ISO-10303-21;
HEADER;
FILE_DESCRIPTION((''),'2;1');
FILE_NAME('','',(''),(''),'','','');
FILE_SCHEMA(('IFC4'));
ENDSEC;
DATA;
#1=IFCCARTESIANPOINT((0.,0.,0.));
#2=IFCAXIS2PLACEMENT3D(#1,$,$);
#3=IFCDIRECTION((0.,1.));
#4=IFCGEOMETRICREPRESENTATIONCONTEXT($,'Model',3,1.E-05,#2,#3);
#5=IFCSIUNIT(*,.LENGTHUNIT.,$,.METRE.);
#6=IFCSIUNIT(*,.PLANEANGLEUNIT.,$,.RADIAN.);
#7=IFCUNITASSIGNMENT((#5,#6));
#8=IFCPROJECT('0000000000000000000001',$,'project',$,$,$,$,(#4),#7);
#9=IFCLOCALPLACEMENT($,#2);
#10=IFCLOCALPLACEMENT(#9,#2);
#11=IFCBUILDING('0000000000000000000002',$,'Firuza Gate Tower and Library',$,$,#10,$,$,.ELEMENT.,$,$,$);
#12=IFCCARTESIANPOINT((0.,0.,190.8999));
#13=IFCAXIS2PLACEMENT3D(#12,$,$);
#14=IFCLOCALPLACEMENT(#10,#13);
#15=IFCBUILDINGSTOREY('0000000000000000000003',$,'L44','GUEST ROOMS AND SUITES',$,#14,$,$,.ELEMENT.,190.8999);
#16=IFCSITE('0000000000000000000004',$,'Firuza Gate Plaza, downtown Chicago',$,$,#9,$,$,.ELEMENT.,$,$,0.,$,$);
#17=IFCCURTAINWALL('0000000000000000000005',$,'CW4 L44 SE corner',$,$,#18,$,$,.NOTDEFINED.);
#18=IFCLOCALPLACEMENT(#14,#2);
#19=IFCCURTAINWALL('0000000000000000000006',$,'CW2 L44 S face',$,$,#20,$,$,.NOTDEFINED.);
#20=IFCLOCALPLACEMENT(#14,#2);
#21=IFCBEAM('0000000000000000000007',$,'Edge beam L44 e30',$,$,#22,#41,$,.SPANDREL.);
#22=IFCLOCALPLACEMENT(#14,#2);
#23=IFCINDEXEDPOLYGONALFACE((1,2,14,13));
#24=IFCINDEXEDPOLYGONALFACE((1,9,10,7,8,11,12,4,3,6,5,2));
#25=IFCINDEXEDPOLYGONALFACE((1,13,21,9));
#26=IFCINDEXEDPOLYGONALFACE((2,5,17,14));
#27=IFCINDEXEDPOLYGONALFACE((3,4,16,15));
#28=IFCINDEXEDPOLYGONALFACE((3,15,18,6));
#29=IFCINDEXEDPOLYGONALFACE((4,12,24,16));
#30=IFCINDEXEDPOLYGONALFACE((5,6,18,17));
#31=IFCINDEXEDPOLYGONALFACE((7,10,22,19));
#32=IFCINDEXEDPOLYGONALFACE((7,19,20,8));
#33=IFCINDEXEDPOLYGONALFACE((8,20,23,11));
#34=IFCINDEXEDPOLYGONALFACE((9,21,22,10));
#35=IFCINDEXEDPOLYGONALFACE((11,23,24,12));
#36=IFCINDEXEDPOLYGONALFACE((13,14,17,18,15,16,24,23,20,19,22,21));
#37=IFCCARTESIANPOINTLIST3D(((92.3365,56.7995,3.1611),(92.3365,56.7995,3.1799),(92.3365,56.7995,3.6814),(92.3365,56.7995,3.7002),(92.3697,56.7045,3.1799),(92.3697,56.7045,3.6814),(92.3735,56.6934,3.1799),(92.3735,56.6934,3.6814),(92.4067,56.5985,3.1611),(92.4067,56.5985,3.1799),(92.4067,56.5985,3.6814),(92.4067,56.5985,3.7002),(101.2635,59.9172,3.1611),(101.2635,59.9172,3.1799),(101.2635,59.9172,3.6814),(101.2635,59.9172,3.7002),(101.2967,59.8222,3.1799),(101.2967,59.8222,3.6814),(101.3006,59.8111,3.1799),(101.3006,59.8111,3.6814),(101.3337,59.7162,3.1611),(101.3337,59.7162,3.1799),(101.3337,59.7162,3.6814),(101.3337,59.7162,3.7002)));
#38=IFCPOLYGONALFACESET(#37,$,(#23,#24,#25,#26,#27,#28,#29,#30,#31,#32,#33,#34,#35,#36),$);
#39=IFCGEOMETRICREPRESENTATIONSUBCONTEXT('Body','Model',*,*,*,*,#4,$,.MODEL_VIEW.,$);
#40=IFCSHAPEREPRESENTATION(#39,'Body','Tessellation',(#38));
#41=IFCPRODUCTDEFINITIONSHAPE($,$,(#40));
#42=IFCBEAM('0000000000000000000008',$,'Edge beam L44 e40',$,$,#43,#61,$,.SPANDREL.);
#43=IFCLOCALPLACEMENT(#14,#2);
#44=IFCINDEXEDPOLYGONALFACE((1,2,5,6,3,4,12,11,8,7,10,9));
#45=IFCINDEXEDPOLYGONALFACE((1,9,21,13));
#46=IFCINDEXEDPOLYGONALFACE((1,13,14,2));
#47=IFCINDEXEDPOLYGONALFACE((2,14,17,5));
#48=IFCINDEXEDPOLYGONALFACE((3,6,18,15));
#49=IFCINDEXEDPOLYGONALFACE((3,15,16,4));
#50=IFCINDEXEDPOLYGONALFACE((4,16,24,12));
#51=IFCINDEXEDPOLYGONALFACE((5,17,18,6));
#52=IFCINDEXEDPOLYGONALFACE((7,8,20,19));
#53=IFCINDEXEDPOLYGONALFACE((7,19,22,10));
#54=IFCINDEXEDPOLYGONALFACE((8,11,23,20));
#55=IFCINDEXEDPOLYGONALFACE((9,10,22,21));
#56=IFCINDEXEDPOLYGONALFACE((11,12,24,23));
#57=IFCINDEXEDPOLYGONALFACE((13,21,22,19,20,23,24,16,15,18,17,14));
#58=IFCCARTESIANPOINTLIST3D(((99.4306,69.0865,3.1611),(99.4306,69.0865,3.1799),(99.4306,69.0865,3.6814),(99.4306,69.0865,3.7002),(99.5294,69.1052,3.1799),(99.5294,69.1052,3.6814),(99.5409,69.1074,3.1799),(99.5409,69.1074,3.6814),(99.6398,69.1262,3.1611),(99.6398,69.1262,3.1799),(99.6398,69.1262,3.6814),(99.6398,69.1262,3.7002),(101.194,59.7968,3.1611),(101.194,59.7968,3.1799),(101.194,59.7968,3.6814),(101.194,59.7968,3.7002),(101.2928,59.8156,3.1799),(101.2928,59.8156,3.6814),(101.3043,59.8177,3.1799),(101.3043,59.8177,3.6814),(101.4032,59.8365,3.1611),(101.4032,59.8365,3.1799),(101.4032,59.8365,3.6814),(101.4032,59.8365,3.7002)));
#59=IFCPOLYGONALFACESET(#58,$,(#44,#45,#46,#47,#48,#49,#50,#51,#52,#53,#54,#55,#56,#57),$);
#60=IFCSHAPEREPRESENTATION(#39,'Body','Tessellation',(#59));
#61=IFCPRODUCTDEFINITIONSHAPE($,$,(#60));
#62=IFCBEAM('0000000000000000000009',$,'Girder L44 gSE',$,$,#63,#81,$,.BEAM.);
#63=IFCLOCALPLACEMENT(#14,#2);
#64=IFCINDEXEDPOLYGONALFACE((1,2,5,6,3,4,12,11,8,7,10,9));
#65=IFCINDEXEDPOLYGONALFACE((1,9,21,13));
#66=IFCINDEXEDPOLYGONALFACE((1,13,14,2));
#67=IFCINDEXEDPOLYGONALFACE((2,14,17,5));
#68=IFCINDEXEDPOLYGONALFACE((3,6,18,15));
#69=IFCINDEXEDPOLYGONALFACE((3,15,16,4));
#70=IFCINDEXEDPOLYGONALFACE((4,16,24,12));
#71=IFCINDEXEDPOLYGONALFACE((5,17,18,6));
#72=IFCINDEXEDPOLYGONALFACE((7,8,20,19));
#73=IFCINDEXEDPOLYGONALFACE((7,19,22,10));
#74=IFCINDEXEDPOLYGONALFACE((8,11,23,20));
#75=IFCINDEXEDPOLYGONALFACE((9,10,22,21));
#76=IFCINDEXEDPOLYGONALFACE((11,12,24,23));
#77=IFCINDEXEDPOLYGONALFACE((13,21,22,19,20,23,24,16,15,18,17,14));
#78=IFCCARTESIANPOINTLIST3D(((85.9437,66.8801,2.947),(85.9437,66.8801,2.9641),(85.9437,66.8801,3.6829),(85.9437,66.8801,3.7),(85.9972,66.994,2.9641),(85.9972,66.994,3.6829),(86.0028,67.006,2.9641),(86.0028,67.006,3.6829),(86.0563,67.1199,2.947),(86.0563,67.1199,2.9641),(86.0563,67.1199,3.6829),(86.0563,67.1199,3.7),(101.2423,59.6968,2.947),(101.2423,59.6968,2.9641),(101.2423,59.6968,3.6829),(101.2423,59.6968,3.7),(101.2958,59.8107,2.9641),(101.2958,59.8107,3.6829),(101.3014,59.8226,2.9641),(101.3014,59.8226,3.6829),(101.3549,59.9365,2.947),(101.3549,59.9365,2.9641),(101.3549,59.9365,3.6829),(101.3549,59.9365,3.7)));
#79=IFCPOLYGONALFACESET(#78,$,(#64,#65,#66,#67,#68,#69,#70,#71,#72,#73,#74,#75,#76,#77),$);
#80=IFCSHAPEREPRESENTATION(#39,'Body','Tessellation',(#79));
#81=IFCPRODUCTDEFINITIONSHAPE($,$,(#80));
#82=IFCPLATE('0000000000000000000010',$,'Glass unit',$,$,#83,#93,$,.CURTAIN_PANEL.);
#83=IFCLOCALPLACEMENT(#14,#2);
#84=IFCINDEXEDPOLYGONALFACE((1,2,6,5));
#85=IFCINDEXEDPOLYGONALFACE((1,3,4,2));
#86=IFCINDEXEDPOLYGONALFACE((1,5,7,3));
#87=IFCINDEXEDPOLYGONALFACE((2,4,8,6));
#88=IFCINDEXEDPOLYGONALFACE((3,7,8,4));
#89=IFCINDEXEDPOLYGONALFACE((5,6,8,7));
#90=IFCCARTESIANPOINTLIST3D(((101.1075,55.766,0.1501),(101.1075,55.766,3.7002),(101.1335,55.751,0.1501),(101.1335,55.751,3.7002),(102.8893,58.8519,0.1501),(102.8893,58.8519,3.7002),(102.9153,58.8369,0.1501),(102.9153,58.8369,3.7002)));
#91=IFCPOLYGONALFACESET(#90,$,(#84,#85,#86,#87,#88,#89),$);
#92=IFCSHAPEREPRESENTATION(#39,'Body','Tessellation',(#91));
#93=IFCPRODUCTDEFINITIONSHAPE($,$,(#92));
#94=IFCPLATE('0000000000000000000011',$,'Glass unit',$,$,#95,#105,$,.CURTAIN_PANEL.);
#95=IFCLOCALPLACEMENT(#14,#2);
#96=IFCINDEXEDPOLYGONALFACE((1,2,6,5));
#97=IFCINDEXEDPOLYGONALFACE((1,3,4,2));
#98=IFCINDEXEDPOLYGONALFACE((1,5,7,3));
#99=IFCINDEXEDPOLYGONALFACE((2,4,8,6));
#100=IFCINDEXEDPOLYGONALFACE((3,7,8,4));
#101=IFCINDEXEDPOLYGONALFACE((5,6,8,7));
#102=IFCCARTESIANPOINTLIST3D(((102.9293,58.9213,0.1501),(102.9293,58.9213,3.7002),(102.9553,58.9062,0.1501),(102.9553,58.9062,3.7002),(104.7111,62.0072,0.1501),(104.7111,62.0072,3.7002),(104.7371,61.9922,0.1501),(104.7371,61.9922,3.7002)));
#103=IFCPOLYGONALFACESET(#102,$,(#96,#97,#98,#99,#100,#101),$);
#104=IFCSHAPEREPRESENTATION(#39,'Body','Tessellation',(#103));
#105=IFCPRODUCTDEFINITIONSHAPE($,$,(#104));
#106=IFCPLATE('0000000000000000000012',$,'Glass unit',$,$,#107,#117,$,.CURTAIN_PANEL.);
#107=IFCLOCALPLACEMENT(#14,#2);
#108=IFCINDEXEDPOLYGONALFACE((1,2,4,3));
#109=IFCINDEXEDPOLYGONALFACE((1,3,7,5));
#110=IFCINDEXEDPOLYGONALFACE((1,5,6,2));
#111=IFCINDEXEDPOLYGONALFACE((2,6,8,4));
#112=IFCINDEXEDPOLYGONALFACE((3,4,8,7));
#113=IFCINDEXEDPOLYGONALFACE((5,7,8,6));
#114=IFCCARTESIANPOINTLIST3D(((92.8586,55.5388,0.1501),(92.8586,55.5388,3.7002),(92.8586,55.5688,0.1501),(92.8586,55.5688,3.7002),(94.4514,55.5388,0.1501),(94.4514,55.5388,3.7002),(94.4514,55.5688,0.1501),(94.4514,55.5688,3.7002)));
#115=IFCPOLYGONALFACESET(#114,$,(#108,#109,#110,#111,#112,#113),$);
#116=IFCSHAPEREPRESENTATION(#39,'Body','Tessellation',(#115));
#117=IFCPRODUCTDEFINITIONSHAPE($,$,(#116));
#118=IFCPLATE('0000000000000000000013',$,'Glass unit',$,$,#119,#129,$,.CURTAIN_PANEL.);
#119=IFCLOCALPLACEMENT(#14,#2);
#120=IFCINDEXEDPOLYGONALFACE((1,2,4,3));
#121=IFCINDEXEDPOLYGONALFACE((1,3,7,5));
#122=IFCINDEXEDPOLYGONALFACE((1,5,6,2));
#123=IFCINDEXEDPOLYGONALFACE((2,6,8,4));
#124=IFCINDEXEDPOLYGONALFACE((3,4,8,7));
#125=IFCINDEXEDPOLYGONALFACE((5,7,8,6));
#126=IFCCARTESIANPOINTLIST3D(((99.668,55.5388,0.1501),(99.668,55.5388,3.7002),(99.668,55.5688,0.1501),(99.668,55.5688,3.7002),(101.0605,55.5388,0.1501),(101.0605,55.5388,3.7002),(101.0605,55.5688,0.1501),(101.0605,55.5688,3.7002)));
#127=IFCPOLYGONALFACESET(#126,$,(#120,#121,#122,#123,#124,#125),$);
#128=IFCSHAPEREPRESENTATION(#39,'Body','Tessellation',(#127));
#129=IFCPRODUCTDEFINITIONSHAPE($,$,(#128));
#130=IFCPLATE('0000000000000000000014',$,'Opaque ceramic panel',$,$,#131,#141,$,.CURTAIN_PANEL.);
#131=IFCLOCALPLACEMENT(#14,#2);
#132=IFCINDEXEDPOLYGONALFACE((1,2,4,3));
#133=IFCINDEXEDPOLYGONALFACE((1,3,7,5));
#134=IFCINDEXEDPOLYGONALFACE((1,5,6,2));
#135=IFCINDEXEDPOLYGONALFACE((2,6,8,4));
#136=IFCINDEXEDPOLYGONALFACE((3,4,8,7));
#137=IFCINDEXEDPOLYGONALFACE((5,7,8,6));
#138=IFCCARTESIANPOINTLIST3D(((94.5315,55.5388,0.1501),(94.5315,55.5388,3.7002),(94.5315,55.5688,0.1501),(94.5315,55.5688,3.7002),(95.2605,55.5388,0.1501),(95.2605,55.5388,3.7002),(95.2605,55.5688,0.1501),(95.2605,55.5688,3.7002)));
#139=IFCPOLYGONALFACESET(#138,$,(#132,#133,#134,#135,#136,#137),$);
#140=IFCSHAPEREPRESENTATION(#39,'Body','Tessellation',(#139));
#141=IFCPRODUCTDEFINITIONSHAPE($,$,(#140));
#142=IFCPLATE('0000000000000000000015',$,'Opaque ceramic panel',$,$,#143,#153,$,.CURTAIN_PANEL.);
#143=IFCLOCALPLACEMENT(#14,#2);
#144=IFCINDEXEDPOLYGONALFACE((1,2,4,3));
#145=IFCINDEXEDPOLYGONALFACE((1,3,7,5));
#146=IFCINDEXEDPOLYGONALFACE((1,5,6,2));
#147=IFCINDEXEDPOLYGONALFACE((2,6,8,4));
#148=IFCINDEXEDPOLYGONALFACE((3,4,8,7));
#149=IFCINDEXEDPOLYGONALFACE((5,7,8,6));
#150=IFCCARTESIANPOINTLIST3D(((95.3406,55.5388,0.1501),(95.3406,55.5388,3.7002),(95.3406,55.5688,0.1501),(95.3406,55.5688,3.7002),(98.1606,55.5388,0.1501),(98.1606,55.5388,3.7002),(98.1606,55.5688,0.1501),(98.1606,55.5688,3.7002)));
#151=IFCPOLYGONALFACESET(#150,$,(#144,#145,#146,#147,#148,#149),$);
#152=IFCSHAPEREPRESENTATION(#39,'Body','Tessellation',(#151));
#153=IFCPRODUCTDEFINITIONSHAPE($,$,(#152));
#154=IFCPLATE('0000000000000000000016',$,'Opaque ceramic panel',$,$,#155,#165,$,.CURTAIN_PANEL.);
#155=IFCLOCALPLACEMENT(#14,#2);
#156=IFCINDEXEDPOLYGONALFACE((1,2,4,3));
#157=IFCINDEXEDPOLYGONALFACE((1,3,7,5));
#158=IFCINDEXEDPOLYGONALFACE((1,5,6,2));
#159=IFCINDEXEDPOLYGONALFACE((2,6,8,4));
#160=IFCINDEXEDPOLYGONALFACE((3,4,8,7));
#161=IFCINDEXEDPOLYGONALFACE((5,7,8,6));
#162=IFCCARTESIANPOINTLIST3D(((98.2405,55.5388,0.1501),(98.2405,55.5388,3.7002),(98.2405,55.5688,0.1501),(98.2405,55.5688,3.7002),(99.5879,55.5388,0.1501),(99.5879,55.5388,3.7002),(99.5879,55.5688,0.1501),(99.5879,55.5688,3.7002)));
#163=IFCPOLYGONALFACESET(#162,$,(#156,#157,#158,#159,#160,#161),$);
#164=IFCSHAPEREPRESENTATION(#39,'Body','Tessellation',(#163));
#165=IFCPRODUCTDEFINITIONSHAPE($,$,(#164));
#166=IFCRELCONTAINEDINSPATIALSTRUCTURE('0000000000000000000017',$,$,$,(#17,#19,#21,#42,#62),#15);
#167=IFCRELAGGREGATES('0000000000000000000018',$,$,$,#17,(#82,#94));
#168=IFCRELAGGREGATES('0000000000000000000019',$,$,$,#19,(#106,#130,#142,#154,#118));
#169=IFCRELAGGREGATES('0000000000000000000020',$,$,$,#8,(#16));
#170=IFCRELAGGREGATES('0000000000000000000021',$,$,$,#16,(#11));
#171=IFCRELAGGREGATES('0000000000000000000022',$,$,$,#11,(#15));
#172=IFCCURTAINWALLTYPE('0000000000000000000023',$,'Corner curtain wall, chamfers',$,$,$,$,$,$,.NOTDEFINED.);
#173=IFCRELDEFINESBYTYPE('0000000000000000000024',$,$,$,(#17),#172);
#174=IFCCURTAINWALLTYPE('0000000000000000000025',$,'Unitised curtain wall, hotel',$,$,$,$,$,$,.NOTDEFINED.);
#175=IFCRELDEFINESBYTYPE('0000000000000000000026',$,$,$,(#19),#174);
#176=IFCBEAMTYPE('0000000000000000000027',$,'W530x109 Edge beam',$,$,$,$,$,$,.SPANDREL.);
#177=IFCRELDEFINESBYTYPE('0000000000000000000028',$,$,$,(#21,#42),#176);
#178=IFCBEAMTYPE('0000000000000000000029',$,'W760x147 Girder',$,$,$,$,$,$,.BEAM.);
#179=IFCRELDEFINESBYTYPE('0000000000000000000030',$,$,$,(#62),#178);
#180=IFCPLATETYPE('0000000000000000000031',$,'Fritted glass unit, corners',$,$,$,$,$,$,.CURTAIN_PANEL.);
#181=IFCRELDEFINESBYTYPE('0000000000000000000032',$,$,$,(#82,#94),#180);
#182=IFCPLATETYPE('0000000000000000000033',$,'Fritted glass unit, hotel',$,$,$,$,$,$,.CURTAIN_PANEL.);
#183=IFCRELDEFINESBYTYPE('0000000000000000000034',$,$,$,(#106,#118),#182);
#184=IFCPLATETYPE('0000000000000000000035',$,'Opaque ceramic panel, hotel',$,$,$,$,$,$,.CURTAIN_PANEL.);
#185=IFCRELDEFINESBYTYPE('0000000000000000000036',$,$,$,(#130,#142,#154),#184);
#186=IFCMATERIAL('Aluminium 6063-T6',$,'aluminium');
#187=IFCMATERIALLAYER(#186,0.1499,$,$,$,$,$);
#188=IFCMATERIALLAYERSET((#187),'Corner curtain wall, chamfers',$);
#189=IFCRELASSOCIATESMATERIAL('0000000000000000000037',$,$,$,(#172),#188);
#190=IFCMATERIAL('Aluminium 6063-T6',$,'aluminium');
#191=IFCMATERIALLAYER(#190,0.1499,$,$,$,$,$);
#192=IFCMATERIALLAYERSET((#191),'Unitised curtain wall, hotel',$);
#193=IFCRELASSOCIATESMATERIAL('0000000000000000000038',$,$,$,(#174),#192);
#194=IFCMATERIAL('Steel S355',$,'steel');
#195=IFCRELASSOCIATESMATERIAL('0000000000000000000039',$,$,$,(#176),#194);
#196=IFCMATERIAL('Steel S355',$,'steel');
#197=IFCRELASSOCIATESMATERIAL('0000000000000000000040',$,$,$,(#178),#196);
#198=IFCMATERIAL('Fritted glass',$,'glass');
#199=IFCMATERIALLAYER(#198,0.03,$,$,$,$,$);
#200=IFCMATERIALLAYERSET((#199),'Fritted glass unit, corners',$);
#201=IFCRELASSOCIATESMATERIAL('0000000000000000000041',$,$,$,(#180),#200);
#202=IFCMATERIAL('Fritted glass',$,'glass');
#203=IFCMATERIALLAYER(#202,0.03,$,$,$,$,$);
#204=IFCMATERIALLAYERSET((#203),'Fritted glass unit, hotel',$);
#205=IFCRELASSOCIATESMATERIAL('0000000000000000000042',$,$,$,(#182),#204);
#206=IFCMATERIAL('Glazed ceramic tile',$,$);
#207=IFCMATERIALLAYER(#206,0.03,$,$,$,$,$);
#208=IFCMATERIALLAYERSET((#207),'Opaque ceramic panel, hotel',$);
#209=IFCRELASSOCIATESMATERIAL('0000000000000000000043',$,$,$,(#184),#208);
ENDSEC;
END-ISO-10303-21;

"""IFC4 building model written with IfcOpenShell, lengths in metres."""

from ifc_helpers import new_model, si_unit, direction, frame, origin, origin_2d, place, context, subcontext, project, spatial, polyline, i_section, outline, extrude, material, layer, layer_set, material_profile, profile_set, type_object, element, aggregate, save


model = new_model("IFC4")

# Units and contexts
model_context = context("Model", 3, precision=1e-05, world=origin(), true_north=direction((0.0, 1.0)))
body_context = subcontext(model_context, "Body", "Model", "MODEL_VIEW")
ifc_project = project(units=[si_unit("LENGTHUNIT", "METRE"), si_unit("PLANEANGLEUNIT", "RADIAN")], contexts=[model_context])

# Site, building, storey
site_placement = place(None, origin())
site = spatial("IfcSite", under=ifc_project, at=site_placement, Name="Firuza Gate Plaza, downtown Chicago", CompositionType="ELEMENT", RefElevation=0.0)
building_placement = place(site_placement, origin())
building = spatial("IfcBuilding", under=site, at=building_placement, Name="Firuza Gate Tower and Library", CompositionType="ELEMENT")
storey_placement = place(building_placement, frame((0.0, 0.0, 190.8999)))
storey = spatial("IfcBuildingStorey", under=building, at=storey_placement, Name="L44", Description="GUEST ROOMS AND SUITES", CompositionType="ELEMENT", Elevation=190.8999)

# Curtain walls
ifc_material_1 = material(Name="Aluminium 6063-T6", Category="aluminium")
ifc_layer_1 = layer(ifc_material_1, 0.1499)
ifc_layer_set_1 = layer_set([ifc_layer_1], Name="Corner curtain wall, chamfers")
curtain_wall_type_1 = type_object("IfcCurtainWallType", Name="Corner curtain wall, chamfers", PredefinedType="NOTDEFINED", material=ifc_layer_set_1)
placement = place(storey_placement, origin())
curtain_wall_1 = element("IfcCurtainWall", 1, at=placement, inside=storey, type_object=curtain_wall_type_1, Name="CW4 L44 SE corner", PredefinedType="NOTDEFINED")
ifc_material_2 = material(Name="Aluminium 6063-T6", Category="aluminium")
ifc_layer_2 = layer(ifc_material_2, 0.1499)
ifc_layer_set_2 = layer_set([ifc_layer_2], Name="Unitised curtain wall, hotel")
curtain_wall_type_2 = type_object("IfcCurtainWallType", Name="Unitised curtain wall, hotel", PredefinedType="NOTDEFINED", material=ifc_layer_set_2)
curtain_wall_2 = element("IfcCurtainWall", 2, at=placement, inside=storey, type_object=curtain_wall_type_2, Name="CW2 L44 S face", PredefinedType="NOTDEFINED")

# Beams
ifc_material_3 = material(Name="Steel S355", Category="steel")
ifc_material_profile_1 = material_profile(ifc_material_3, i_section(OverallWidth=0.2129, OverallDepth=0.5391, WebThickness=0.0117, FlangeThickness=0.0188, at=origin_2d()))
ifc_profile_set_1 = profile_set([ifc_material_profile_1], Name="Steel S355")
beam_type_1 = type_object("IfcBeamType", Name="W530x109 Edge beam", PredefinedType="SPANDREL", material=ifc_profile_set_1)
beam_1_placement = place(storey_placement, frame((92.3716, 56.699, 3.4307), z_axis=(0.944082, 0.329712, 0.0), x_axis=(-0.329712, 0.944082, 0.0)))
element("IfcBeam", 3, at=beam_1_placement, inside=storey, type_object=beam_type_1, Name="Edge beam L44 e30", PredefinedType="SPANDREL", context=body_context, shape_type="SweptSolid", body=[
    extrude(i_section(OverallWidth=0.2129, OverallDepth=0.5391, WebThickness=0.0117, FlangeThickness=0.0188, at=origin_2d()), origin(), (0.0, 0.0, 1.0), 9.4558),
])
beam_2_placement = place(storey_placement, frame((101.2986, 59.8167, 3.4307), z_axis=(-0.186494, 0.982456, 0.0), x_axis=(-0.982456, -0.186494, 0.0)))
element("IfcBeam", 4, at=beam_2_placement, inside=storey, type_object=beam_type_1, Name="Edge beam L44 e40", PredefinedType="SPANDREL", context=body_context, shape_type="SweptSolid", body=[
    extrude(i_section(OverallWidth=0.2129, OverallDepth=0.5391, WebThickness=0.0117, FlangeThickness=0.0188, at=origin_2d()), origin(), (0.0, 0.0, 1.0), 9.4556),
])
ifc_material_4 = material(Name="Steel S355", Category="steel")
ifc_material_profile_2 = material_profile(ifc_material_4, i_section(OverallWidth=0.2649, OverallDepth=0.7529, WebThickness=0.0132, FlangeThickness=0.0171, at=origin_2d()))
ifc_profile_set_2 = profile_set([ifc_material_profile_2], Name="Steel S355")
beam_type_2 = type_object("IfcBeamType", Name="W760x147 Girder", PredefinedType="BEAM", material=ifc_profile_set_2)
beam_3_placement = place(storey_placement, frame((101.2986, 59.8167, 3.3235), z_axis=(-0.905183, 0.425023, 0.0), x_axis=(-0.425023, -0.905183, 0.0)))
element("IfcBeam", 5, at=beam_3_placement, inside=storey, type_object=beam_type_2, Name="Girder L44 gSE", PredefinedType="BEAM", context=body_context, shape_type="SweptSolid", body=[
    extrude(i_section(OverallWidth=0.2649, OverallDepth=0.7529, WebThickness=0.0132, FlangeThickness=0.0171, at=origin_2d()), origin(), (0.0, 0.0, 1.0), 16.9011),
])

# Plates
ifc_material_5 = material(Name="Fritted glass", Category="glass")
ifc_layer_3 = layer(ifc_material_5, 0.03)
ifc_layer_set_3 = layer_set([ifc_layer_3], Name="Fritted glass unit, corners")
plate_type_1 = type_object("IfcPlateType", Name="Fritted glass unit, corners", PredefinedType="CURTAIN_PANEL", material=ifc_layer_set_3)
plate_1_placement = place(storey_placement, frame((101.1335, 55.751, 0.1501), z_axis=(0.866017, -0.500015, 0.0), x_axis=(0.500015, 0.866017, 0.0)))
plate_1 = element("IfcPlate", 6, at=plate_1_placement, type_object=plate_type_1, Name="Glass unit", PredefinedType="CURTAIN_PANEL", context=body_context, shape_type="SweptSolid", body=[
    extrude(outline(polyline([(0.0, 0.0), (3.5634, 0.0), (3.5634, 3.55), (0.0, 3.55), (0.0, 0.0)])), origin(), (0.0, 0.0, -1.0), 0.03),
])
plate_2_placement = place(storey_placement, frame((102.9553, 58.9062, 0.1501), z_axis=(0.866017, -0.500015, 0.0), x_axis=(0.500015, 0.866017, 0.0)))
plate_2 = element("IfcPlate", 7, at=plate_2_placement, type_object=plate_type_1, Name="Glass unit", PredefinedType="CURTAIN_PANEL", context=body_context, shape_type="SweptSolid", body=[
    extrude(outline(polyline([(0.0, 0.0), (3.5634, 0.0), (3.5634, 3.55), (0.0, 3.55), (0.0, 0.0)])), origin(), (0.0, 0.0, -1.0), 0.03),
])
aggregate(curtain_wall_1, [plate_1, plate_2])
ifc_material_6 = material(Name="Fritted glass", Category="glass")
ifc_layer_4 = layer(ifc_material_6, 0.03)
ifc_layer_set_4 = layer_set([ifc_layer_4], Name="Fritted glass unit, hotel")
plate_type_2 = type_object("IfcPlateType", Name="Fritted glass unit, hotel", PredefinedType="CURTAIN_PANEL", material=ifc_layer_set_4)
plate_3_placement = place(storey_placement, frame((92.8586, 55.5388, 0.1501), z_axis=(0.0, -1.0, 0.0), x_axis=(1.0, 0.0, 0.0)))
plate_3 = element("IfcPlate", 8, at=plate_3_placement, type_object=plate_type_2, Name="Glass unit", PredefinedType="CURTAIN_PANEL", context=body_context, shape_type="SweptSolid", body=[
    extrude(outline(polyline([(0.0, 0.0), (1.5928, 0.0), (1.5928, 3.55), (0.0, 3.55), (0.0, 0.0)])), origin(), (0.0, 0.0, -1.0), 0.03),
])
plate_4_placement = place(storey_placement, frame((99.668, 55.5388, 0.1501), z_axis=(0.0, -1.0, 0.0), x_axis=(1.0, 0.0, 0.0)))
plate_4 = element("IfcPlate", 9, at=plate_4_placement, type_object=plate_type_2, Name="Glass unit", PredefinedType="CURTAIN_PANEL", context=body_context, shape_type="SweptSolid", body=[
    extrude(outline(polyline([(0.0, 0.0), (1.3926, 0.0), (1.3926, 3.55), (0.0, 3.55), (0.0, 0.0)])), origin(), (0.0, 0.0, -1.0), 0.03),
])
ifc_material_7 = material(Name="Glazed ceramic tile")
ifc_layer_5 = layer(ifc_material_7, 0.03)
ifc_layer_set_5 = layer_set([ifc_layer_5], Name="Opaque ceramic panel, hotel")
plate_type_3 = type_object("IfcPlateType", Name="Opaque ceramic panel, hotel", PredefinedType="CURTAIN_PANEL", material=ifc_layer_set_5)
plate_5_placement = place(storey_placement, frame((94.5315, 55.5388, 0.1501), z_axis=(0.0, -1.0, 0.0), x_axis=(1.0, 0.0, 0.0)))
plate_5 = element("IfcPlate", 10, at=plate_5_placement, type_object=plate_type_3, Name="Opaque ceramic panel", PredefinedType="CURTAIN_PANEL", context=body_context, shape_type="SweptSolid", body=[
    extrude(outline(polyline([(0.0, 0.0), (0.729, 0.0), (0.729, 3.55), (0.0, 3.55), (0.0, 0.0)])), origin(), (0.0, 0.0, -1.0), 0.03),
])
plate_6_placement = place(storey_placement, frame((95.3406, 55.5388, 0.1501), z_axis=(0.0, -1.0, 0.0), x_axis=(1.0, 0.0, 0.0)))
plate_6 = element("IfcPlate", 11, at=plate_6_placement, type_object=plate_type_3, Name="Opaque ceramic panel", PredefinedType="CURTAIN_PANEL", context=body_context, shape_type="SweptSolid", body=[
    extrude(outline(polyline([(0.0, 0.0), (2.8201, 0.0), (2.8201, 3.55), (0.0, 3.55), (0.0, 0.0)])), origin(), (0.0, 0.0, -1.0), 0.03),
])
plate_7_placement = place(storey_placement, frame((98.2405, 55.5388, 0.1501), z_axis=(0.0, -1.0, 0.0), x_axis=(1.0, 0.0, 0.0)))
plate_7 = element("IfcPlate", 12, at=plate_7_placement, type_object=plate_type_3, Name="Opaque ceramic panel", PredefinedType="CURTAIN_PANEL", context=body_context, shape_type="SweptSolid", body=[
    extrude(outline(polyline([(0.0, 0.0), (1.3474, 0.0), (1.3474, 3.55), (0.0, 3.55), (0.0, 0.0)])), origin(), (0.0, 0.0, -1.0), 0.03),
])
aggregate(curtain_wall_2, [plate_3, plate_5, plate_6, plate_7, plate_4])

save(model, "model.ifc")
